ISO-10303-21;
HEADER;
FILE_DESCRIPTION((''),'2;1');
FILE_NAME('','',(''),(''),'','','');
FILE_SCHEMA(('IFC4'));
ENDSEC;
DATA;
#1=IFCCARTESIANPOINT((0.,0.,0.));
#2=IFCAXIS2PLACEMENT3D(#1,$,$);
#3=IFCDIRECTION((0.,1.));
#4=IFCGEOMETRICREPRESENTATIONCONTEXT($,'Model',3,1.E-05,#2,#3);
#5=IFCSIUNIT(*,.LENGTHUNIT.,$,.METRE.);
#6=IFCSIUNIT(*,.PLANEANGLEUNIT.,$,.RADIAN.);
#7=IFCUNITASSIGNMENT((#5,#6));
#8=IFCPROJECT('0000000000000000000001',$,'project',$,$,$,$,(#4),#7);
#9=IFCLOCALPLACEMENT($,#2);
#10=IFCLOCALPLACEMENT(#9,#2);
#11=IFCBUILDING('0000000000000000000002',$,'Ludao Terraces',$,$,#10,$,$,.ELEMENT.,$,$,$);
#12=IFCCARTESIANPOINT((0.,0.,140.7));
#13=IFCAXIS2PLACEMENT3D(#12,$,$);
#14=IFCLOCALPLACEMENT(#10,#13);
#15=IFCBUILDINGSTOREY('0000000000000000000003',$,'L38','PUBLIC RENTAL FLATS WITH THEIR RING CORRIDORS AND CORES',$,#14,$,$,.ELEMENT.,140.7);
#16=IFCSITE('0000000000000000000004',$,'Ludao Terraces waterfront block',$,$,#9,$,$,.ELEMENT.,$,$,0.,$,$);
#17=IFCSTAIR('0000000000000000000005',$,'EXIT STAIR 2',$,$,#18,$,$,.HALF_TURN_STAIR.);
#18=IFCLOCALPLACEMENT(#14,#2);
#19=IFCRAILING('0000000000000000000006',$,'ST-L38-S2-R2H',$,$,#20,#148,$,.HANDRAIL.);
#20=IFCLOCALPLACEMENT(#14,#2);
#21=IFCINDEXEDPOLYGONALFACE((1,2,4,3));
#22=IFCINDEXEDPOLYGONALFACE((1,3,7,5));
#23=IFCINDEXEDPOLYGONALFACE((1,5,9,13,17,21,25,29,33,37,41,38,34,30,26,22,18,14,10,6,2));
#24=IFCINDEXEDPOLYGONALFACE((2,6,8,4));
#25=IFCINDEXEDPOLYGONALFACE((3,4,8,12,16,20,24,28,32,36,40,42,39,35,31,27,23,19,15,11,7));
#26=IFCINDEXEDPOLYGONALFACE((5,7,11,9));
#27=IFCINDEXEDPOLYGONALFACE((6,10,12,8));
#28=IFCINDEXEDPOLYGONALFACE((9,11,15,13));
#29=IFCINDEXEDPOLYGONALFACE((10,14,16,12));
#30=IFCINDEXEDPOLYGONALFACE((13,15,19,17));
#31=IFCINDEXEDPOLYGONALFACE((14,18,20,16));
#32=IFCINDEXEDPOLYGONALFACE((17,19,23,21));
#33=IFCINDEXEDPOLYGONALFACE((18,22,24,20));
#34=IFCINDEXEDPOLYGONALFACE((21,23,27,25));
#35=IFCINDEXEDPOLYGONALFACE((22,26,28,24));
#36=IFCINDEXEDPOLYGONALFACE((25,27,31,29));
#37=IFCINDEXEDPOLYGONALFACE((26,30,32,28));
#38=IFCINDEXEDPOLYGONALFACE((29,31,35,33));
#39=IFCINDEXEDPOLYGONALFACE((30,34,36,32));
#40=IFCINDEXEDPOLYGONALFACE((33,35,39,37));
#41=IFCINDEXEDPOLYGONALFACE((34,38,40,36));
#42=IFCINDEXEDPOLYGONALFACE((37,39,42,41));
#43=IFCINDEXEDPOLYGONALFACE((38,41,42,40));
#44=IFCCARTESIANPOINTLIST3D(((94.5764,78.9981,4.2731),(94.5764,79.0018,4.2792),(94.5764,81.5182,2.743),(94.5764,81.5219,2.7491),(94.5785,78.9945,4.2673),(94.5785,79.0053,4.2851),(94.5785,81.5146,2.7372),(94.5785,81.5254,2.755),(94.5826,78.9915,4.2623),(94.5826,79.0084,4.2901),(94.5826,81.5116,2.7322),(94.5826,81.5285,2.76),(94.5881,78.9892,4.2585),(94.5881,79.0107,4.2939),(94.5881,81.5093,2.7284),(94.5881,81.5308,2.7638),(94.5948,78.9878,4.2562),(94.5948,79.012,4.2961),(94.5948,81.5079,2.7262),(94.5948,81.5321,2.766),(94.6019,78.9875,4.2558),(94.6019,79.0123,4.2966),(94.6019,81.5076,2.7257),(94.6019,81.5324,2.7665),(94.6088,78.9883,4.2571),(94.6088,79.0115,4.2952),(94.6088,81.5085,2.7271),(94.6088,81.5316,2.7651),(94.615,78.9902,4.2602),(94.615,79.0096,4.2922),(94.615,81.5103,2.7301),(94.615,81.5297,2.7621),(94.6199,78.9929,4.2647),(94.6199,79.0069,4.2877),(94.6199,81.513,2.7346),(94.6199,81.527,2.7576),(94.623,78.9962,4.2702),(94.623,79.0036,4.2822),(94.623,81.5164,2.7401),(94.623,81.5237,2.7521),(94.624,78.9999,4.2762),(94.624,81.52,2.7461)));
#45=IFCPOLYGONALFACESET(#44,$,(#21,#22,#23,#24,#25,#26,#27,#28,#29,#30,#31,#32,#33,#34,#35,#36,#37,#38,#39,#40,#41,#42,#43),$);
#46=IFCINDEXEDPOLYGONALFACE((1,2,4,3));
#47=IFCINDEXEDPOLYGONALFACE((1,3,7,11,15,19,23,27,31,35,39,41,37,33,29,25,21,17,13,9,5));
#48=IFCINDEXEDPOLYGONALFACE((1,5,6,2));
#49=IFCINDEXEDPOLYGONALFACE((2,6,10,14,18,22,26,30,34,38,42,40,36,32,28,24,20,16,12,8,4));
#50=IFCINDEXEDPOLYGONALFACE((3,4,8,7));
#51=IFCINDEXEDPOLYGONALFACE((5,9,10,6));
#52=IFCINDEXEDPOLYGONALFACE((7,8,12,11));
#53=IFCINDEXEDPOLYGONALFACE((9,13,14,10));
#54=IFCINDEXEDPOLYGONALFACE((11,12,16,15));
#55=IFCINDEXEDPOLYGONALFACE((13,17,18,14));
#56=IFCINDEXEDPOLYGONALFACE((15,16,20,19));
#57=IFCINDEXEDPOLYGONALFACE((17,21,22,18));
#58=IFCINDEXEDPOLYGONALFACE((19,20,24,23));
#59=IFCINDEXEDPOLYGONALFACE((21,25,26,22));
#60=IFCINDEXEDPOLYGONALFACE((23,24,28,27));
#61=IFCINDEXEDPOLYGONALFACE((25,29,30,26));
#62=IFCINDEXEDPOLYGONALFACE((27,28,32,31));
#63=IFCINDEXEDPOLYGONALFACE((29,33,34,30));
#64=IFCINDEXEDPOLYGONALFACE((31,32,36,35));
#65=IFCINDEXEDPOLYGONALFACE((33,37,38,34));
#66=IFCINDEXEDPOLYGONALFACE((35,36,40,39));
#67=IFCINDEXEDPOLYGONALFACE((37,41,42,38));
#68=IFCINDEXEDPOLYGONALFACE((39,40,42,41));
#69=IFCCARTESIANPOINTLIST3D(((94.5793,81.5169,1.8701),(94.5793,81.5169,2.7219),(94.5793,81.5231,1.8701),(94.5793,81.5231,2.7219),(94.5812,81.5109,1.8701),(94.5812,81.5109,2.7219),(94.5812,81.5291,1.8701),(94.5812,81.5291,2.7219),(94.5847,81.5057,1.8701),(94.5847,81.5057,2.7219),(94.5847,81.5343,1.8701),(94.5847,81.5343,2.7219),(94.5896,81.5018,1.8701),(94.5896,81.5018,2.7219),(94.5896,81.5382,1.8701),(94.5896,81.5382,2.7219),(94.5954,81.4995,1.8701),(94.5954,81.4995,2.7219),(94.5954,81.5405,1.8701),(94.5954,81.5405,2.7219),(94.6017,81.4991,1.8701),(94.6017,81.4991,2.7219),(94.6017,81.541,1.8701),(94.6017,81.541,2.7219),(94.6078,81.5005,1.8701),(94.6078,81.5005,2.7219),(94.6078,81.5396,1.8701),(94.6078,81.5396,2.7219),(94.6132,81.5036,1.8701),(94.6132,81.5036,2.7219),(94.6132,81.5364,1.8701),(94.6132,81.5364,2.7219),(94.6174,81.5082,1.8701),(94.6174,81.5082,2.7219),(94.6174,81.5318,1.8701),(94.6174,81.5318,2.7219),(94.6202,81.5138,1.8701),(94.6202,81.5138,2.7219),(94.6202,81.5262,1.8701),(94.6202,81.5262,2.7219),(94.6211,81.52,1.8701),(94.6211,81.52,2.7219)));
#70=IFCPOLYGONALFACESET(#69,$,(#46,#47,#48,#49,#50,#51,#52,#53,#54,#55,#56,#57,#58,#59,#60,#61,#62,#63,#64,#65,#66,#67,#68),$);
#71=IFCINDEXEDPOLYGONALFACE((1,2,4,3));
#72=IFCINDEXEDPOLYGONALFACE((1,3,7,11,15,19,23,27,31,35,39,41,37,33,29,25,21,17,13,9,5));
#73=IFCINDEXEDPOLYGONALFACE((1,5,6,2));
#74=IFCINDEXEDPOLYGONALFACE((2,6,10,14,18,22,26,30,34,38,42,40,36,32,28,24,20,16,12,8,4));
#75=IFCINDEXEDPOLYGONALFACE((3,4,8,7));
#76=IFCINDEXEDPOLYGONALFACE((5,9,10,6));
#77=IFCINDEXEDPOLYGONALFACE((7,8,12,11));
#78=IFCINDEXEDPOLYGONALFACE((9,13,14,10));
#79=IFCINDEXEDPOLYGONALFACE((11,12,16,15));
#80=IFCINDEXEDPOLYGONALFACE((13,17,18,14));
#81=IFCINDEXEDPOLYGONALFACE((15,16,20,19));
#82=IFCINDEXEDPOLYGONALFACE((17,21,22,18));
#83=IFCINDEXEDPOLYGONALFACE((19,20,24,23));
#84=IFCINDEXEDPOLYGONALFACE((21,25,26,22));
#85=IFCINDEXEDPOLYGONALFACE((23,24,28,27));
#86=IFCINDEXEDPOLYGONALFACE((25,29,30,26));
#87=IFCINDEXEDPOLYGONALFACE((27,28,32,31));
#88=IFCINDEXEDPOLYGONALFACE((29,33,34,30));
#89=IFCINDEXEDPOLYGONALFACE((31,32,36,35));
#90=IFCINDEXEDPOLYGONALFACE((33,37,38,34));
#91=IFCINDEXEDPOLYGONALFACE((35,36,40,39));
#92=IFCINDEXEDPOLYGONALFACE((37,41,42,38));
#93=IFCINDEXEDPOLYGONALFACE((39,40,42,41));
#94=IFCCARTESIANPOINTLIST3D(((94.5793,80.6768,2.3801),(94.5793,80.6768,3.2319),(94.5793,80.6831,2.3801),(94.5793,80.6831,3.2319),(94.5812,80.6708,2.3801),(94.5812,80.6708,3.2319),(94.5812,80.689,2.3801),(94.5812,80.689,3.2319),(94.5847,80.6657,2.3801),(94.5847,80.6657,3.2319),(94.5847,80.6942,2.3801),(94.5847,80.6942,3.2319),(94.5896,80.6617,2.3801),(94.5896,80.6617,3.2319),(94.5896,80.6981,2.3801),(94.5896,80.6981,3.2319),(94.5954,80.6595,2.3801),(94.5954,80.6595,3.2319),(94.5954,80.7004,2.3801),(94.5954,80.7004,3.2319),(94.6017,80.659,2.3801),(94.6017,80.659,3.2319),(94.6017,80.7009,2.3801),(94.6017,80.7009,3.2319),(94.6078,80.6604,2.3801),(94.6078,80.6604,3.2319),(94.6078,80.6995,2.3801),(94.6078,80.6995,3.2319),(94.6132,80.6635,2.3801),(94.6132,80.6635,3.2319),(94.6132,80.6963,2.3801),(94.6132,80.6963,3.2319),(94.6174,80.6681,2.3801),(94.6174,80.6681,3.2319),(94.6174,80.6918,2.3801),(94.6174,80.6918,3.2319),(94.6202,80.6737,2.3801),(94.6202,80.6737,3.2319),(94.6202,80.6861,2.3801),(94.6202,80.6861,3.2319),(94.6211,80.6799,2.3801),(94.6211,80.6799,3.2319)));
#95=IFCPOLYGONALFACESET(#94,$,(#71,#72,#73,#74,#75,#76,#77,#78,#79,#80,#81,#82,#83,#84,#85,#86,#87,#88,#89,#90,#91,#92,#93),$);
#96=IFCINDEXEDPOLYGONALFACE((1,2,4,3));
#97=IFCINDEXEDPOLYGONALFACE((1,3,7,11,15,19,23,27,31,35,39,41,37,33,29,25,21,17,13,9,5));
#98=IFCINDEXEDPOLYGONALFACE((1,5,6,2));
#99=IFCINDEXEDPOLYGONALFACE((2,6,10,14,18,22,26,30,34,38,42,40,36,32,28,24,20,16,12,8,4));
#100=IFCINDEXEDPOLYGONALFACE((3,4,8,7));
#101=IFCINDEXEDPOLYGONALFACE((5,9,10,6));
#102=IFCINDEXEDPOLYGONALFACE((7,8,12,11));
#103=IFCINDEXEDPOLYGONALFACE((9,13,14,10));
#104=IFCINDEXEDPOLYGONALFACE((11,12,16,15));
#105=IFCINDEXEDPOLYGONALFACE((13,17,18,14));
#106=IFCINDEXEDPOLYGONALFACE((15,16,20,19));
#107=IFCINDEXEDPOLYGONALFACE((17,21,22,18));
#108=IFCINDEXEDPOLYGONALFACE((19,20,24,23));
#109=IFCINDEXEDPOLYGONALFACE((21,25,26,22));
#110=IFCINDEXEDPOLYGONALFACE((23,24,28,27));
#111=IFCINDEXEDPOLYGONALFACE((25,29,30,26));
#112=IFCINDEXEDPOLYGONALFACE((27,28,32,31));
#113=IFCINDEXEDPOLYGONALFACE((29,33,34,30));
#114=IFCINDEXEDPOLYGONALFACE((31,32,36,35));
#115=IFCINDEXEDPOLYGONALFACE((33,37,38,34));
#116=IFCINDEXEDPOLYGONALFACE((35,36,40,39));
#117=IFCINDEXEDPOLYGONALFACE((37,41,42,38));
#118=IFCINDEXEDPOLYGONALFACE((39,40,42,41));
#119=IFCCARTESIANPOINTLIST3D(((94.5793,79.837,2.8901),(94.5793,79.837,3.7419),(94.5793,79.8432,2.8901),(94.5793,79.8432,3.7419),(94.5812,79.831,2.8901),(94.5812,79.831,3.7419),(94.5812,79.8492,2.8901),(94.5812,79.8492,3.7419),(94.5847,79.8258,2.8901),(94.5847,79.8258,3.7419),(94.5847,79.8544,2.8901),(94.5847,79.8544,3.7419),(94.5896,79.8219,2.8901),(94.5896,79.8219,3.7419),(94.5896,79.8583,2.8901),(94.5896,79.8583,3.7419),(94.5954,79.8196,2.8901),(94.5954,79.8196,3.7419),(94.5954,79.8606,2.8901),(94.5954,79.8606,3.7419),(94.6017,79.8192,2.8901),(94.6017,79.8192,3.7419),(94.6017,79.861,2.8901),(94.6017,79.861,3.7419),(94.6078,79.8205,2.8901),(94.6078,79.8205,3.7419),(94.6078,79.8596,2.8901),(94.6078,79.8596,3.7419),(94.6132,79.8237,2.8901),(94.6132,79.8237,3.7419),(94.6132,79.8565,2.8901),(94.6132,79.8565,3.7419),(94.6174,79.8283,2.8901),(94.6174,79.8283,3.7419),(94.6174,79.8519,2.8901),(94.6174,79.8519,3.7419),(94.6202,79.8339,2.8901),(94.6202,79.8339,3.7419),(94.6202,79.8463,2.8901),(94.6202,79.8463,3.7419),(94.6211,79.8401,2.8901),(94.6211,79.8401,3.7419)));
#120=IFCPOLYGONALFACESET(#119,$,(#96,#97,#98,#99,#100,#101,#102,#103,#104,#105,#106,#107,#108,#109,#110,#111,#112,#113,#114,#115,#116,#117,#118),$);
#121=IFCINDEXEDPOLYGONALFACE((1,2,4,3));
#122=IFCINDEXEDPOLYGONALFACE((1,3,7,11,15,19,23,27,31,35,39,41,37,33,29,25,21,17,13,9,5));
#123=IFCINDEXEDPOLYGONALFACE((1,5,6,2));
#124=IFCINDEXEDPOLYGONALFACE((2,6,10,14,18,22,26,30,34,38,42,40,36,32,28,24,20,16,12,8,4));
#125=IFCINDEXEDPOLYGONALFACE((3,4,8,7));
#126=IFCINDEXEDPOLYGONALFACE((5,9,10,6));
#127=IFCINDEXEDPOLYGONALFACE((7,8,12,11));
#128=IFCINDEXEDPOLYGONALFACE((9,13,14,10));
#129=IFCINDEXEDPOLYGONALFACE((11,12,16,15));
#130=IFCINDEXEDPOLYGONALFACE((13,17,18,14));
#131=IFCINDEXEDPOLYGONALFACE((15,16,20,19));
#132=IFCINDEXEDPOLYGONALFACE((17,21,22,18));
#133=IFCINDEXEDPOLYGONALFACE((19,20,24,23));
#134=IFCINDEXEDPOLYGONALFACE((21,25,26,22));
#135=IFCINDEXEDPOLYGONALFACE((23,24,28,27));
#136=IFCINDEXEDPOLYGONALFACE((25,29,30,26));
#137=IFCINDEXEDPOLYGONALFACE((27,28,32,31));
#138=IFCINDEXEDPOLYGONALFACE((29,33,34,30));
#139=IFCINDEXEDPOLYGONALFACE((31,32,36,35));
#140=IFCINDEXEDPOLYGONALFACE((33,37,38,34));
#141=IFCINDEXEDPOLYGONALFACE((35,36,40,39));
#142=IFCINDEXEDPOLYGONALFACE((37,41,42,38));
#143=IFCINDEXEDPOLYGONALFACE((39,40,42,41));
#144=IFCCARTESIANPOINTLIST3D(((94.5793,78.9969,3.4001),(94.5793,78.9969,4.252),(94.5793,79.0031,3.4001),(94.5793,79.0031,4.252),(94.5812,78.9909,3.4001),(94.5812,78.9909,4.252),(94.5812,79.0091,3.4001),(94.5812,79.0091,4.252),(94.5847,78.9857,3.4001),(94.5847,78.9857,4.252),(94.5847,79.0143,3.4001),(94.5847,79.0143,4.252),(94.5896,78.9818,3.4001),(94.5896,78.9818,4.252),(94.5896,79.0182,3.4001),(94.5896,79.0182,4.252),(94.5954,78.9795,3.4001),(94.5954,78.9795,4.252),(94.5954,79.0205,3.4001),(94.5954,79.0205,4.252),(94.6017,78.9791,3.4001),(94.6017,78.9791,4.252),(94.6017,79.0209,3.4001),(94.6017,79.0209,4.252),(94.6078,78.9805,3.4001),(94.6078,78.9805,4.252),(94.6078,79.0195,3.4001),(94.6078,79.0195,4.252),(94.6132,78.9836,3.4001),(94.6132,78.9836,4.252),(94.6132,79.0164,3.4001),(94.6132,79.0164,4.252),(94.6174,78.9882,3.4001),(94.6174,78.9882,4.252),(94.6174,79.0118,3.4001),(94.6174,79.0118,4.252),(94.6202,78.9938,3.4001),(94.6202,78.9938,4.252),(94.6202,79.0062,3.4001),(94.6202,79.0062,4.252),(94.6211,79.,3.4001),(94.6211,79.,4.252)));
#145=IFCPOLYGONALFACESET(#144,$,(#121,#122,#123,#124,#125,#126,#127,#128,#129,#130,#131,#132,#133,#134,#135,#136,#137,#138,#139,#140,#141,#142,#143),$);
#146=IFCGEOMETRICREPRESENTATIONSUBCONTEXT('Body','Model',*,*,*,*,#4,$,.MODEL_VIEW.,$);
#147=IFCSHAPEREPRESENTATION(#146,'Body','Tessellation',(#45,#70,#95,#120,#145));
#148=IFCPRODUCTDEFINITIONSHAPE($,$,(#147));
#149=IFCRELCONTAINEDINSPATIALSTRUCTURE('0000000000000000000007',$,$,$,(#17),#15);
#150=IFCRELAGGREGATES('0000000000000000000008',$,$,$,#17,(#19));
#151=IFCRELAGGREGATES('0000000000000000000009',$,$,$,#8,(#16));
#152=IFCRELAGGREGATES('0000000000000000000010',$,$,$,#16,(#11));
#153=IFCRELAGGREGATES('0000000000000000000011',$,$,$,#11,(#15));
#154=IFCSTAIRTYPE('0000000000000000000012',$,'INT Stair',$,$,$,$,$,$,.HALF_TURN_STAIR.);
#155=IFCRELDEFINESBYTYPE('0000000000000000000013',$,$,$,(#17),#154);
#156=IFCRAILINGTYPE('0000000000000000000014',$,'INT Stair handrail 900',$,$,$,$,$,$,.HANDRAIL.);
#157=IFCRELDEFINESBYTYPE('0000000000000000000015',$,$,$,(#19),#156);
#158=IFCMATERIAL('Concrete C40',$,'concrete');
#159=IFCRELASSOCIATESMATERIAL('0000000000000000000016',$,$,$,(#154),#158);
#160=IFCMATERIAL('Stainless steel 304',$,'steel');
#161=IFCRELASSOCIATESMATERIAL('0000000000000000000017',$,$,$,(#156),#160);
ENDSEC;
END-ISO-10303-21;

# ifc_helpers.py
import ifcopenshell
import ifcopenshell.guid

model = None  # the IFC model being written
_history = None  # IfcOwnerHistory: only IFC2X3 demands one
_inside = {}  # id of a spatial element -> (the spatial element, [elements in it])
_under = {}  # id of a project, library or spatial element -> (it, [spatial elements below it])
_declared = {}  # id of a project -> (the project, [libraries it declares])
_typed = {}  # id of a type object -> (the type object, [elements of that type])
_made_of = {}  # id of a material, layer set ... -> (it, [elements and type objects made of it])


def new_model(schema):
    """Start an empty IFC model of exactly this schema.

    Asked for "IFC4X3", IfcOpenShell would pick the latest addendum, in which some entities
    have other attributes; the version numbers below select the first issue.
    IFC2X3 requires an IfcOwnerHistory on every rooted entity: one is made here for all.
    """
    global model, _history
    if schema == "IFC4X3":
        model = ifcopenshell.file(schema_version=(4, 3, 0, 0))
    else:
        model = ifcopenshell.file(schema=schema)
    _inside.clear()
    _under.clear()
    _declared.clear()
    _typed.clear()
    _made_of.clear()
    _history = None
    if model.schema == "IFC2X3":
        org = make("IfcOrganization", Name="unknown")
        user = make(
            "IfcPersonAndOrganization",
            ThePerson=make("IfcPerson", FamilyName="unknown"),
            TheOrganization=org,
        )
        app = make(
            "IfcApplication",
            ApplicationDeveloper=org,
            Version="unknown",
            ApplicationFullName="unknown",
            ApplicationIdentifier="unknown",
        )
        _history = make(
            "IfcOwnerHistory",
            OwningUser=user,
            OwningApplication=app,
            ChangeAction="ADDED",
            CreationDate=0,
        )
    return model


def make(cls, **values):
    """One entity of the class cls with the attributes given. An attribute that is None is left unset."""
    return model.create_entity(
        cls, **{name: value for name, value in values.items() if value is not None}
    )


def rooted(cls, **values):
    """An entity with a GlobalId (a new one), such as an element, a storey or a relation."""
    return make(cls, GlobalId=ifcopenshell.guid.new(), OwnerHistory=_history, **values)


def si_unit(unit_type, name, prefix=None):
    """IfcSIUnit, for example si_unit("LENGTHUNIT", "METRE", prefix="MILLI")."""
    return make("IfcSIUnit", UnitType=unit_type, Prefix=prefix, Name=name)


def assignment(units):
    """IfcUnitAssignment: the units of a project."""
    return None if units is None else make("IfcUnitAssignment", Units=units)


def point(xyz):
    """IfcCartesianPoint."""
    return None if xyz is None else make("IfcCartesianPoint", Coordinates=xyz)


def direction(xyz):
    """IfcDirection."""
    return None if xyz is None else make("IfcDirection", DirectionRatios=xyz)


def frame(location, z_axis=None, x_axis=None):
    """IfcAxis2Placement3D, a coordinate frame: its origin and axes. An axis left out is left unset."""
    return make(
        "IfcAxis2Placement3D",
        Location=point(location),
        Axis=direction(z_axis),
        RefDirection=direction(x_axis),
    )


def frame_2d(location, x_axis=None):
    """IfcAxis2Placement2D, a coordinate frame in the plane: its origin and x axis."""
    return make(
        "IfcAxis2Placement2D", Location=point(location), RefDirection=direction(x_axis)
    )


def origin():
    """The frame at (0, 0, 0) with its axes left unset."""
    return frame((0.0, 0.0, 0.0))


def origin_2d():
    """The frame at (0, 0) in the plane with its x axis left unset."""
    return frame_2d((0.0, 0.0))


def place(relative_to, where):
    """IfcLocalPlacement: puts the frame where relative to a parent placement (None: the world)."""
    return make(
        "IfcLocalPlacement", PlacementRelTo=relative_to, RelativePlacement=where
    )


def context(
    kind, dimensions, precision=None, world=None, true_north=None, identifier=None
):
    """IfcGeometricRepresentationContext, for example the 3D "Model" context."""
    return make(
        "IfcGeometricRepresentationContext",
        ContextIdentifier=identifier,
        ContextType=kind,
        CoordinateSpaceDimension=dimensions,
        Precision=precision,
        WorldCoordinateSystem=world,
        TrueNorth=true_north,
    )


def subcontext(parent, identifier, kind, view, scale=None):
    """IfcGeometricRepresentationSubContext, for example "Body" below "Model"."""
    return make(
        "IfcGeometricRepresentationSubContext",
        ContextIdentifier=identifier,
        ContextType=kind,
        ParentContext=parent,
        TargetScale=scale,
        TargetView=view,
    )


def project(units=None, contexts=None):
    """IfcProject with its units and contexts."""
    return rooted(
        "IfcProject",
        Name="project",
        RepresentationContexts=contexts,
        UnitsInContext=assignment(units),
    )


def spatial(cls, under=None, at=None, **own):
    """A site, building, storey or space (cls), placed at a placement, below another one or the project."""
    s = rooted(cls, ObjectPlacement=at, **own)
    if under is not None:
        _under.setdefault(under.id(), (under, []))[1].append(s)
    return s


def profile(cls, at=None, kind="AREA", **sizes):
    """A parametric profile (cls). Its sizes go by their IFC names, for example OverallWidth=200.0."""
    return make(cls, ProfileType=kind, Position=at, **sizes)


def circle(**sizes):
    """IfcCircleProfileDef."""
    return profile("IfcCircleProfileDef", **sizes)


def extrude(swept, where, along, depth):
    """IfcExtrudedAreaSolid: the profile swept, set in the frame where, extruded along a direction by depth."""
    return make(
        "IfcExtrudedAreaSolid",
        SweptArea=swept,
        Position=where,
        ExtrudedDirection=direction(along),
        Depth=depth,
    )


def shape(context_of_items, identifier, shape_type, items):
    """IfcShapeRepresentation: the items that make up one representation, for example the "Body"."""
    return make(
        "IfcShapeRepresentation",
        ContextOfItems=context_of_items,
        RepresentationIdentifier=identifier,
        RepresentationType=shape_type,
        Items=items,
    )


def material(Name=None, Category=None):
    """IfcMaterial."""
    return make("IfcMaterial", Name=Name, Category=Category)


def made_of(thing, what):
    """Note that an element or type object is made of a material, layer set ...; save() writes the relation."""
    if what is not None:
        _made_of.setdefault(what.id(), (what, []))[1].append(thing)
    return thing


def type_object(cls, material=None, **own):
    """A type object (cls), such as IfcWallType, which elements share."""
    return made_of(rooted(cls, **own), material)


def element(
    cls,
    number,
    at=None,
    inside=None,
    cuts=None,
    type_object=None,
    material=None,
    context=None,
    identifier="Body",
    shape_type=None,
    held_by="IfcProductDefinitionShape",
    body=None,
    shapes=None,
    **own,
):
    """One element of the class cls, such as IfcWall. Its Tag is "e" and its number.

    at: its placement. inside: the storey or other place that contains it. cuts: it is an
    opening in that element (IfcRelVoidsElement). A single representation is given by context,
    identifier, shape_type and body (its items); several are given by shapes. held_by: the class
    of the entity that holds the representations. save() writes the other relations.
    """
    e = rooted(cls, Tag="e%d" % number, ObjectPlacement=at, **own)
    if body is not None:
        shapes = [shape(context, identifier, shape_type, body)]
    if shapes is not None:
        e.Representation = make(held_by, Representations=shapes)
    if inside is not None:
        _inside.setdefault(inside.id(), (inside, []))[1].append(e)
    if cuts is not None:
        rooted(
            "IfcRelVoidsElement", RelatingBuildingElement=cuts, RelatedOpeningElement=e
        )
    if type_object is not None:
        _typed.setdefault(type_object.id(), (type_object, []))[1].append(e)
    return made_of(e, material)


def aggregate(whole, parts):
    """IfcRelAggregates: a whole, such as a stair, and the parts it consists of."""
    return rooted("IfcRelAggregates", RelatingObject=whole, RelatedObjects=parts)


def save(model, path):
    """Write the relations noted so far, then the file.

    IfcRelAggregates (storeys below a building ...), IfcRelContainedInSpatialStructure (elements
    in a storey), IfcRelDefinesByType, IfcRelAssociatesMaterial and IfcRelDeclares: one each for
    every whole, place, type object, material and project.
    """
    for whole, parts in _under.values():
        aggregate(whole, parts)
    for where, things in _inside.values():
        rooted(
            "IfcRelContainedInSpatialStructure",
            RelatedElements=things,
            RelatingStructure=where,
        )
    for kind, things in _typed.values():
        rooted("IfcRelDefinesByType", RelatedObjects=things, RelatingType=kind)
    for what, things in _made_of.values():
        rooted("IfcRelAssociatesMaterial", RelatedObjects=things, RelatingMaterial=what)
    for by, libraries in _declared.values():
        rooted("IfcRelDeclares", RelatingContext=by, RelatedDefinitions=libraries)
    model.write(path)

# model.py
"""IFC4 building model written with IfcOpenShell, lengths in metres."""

from ifc_helpers import new_model, si_unit, direction, frame, origin, origin_2d, place, context, subcontext, project, spatial, circle, extrude, material, type_object, element, aggregate, save


model = new_model("IFC4")

# Units and contexts
model_context = context("Model", 3, precision=1e-05, world=origin(), true_north=direction((0.0, 1.0)))
body_context = subcontext(model_context, "Body", "Model", "MODEL_VIEW")
ifc_project = project(units=[si_unit("LENGTHUNIT", "METRE"), si_unit("PLANEANGLEUNIT", "RADIAN")], contexts=[model_context])

# Site, building, storey
site_placement = place(None, origin())
site = spatial("IfcSite", under=ifc_project, at=site_placement, Name="Ludao Terraces waterfront block", CompositionType="ELEMENT", RefElevation=0.0)
building_placement = place(site_placement, origin())
building = spatial("IfcBuilding", under=site, at=building_placement, Name="Ludao Terraces", CompositionType="ELEMENT")
storey_placement = place(building_placement, frame((0.0, 0.0, 140.7)))
storey = spatial("IfcBuildingStorey", under=building, at=storey_placement, Name="L38", Description="PUBLIC RENTAL FLATS WITH THEIR RING CORRIDORS AND CORES", CompositionType="ELEMENT", Elevation=140.7)

# Shared definitions
ifc_material_1 = material(Name="Stainless steel 304", Category="steel")

# Stair, railing
ifc_material_2 = material(Name="Concrete C40", Category="concrete")
stair_type = type_object("IfcStairType", Name="INT Stair", PredefinedType="HALF_TURN_STAIR", material=ifc_material_2)
stair_placement = place(storey_placement, origin())
stair = element("IfcStair", 1, at=stair_placement, inside=storey, type_object=stair_type, Name="EXIT STAIR 2", PredefinedType="HALF_TURN_STAIR")
railing_type_1 = type_object("IfcRailingType", Name="INT Stair handrail 900", PredefinedType="HANDRAIL", material=ifc_material_1)
railing_1_placement = place(storey_placement, frame((94.6001, 81.52, 1.8701)))
railing_1 = element("IfcRailing", 2, at=railing_1_placement, type_object=railing_type_1, Name="ST-L38-S2-R2H", PredefinedType="HANDRAIL", context=body_context, shape_type="SweptSolid", body=[
    extrude(circle(Radius=0.0239, at=origin_2d()), frame((0.0, 0.0, 0.876), z_axis=(0.0, -0.854785, 0.518982), x_axis=(1.0, 0.0, 0.0)), (0.0, 0.0, 1.0), 2.9482),
    extrude(circle(Radius=0.021, at=origin_2d()), origin(), (0.0, 0.0, 1.0), 0.8518),
    extrude(circle(Radius=0.021, at=origin_2d()), frame((0.0, -0.8401, 0.51)), (0.0, 0.0, 1.0), 0.8518),
    extrude(circle(Radius=0.021, at=origin_2d()), frame((0.0, -1.6799, 1.02)), (0.0, 0.0, 1.0), 0.8518),
    extrude(circle(Radius=0.021, at=origin_2d()), frame((0.0, -2.52, 1.53)), (0.0, 0.0, 1.0), 0.8518),
])
aggregate(stair, [railing_1])

save(model, "model.ifc")
